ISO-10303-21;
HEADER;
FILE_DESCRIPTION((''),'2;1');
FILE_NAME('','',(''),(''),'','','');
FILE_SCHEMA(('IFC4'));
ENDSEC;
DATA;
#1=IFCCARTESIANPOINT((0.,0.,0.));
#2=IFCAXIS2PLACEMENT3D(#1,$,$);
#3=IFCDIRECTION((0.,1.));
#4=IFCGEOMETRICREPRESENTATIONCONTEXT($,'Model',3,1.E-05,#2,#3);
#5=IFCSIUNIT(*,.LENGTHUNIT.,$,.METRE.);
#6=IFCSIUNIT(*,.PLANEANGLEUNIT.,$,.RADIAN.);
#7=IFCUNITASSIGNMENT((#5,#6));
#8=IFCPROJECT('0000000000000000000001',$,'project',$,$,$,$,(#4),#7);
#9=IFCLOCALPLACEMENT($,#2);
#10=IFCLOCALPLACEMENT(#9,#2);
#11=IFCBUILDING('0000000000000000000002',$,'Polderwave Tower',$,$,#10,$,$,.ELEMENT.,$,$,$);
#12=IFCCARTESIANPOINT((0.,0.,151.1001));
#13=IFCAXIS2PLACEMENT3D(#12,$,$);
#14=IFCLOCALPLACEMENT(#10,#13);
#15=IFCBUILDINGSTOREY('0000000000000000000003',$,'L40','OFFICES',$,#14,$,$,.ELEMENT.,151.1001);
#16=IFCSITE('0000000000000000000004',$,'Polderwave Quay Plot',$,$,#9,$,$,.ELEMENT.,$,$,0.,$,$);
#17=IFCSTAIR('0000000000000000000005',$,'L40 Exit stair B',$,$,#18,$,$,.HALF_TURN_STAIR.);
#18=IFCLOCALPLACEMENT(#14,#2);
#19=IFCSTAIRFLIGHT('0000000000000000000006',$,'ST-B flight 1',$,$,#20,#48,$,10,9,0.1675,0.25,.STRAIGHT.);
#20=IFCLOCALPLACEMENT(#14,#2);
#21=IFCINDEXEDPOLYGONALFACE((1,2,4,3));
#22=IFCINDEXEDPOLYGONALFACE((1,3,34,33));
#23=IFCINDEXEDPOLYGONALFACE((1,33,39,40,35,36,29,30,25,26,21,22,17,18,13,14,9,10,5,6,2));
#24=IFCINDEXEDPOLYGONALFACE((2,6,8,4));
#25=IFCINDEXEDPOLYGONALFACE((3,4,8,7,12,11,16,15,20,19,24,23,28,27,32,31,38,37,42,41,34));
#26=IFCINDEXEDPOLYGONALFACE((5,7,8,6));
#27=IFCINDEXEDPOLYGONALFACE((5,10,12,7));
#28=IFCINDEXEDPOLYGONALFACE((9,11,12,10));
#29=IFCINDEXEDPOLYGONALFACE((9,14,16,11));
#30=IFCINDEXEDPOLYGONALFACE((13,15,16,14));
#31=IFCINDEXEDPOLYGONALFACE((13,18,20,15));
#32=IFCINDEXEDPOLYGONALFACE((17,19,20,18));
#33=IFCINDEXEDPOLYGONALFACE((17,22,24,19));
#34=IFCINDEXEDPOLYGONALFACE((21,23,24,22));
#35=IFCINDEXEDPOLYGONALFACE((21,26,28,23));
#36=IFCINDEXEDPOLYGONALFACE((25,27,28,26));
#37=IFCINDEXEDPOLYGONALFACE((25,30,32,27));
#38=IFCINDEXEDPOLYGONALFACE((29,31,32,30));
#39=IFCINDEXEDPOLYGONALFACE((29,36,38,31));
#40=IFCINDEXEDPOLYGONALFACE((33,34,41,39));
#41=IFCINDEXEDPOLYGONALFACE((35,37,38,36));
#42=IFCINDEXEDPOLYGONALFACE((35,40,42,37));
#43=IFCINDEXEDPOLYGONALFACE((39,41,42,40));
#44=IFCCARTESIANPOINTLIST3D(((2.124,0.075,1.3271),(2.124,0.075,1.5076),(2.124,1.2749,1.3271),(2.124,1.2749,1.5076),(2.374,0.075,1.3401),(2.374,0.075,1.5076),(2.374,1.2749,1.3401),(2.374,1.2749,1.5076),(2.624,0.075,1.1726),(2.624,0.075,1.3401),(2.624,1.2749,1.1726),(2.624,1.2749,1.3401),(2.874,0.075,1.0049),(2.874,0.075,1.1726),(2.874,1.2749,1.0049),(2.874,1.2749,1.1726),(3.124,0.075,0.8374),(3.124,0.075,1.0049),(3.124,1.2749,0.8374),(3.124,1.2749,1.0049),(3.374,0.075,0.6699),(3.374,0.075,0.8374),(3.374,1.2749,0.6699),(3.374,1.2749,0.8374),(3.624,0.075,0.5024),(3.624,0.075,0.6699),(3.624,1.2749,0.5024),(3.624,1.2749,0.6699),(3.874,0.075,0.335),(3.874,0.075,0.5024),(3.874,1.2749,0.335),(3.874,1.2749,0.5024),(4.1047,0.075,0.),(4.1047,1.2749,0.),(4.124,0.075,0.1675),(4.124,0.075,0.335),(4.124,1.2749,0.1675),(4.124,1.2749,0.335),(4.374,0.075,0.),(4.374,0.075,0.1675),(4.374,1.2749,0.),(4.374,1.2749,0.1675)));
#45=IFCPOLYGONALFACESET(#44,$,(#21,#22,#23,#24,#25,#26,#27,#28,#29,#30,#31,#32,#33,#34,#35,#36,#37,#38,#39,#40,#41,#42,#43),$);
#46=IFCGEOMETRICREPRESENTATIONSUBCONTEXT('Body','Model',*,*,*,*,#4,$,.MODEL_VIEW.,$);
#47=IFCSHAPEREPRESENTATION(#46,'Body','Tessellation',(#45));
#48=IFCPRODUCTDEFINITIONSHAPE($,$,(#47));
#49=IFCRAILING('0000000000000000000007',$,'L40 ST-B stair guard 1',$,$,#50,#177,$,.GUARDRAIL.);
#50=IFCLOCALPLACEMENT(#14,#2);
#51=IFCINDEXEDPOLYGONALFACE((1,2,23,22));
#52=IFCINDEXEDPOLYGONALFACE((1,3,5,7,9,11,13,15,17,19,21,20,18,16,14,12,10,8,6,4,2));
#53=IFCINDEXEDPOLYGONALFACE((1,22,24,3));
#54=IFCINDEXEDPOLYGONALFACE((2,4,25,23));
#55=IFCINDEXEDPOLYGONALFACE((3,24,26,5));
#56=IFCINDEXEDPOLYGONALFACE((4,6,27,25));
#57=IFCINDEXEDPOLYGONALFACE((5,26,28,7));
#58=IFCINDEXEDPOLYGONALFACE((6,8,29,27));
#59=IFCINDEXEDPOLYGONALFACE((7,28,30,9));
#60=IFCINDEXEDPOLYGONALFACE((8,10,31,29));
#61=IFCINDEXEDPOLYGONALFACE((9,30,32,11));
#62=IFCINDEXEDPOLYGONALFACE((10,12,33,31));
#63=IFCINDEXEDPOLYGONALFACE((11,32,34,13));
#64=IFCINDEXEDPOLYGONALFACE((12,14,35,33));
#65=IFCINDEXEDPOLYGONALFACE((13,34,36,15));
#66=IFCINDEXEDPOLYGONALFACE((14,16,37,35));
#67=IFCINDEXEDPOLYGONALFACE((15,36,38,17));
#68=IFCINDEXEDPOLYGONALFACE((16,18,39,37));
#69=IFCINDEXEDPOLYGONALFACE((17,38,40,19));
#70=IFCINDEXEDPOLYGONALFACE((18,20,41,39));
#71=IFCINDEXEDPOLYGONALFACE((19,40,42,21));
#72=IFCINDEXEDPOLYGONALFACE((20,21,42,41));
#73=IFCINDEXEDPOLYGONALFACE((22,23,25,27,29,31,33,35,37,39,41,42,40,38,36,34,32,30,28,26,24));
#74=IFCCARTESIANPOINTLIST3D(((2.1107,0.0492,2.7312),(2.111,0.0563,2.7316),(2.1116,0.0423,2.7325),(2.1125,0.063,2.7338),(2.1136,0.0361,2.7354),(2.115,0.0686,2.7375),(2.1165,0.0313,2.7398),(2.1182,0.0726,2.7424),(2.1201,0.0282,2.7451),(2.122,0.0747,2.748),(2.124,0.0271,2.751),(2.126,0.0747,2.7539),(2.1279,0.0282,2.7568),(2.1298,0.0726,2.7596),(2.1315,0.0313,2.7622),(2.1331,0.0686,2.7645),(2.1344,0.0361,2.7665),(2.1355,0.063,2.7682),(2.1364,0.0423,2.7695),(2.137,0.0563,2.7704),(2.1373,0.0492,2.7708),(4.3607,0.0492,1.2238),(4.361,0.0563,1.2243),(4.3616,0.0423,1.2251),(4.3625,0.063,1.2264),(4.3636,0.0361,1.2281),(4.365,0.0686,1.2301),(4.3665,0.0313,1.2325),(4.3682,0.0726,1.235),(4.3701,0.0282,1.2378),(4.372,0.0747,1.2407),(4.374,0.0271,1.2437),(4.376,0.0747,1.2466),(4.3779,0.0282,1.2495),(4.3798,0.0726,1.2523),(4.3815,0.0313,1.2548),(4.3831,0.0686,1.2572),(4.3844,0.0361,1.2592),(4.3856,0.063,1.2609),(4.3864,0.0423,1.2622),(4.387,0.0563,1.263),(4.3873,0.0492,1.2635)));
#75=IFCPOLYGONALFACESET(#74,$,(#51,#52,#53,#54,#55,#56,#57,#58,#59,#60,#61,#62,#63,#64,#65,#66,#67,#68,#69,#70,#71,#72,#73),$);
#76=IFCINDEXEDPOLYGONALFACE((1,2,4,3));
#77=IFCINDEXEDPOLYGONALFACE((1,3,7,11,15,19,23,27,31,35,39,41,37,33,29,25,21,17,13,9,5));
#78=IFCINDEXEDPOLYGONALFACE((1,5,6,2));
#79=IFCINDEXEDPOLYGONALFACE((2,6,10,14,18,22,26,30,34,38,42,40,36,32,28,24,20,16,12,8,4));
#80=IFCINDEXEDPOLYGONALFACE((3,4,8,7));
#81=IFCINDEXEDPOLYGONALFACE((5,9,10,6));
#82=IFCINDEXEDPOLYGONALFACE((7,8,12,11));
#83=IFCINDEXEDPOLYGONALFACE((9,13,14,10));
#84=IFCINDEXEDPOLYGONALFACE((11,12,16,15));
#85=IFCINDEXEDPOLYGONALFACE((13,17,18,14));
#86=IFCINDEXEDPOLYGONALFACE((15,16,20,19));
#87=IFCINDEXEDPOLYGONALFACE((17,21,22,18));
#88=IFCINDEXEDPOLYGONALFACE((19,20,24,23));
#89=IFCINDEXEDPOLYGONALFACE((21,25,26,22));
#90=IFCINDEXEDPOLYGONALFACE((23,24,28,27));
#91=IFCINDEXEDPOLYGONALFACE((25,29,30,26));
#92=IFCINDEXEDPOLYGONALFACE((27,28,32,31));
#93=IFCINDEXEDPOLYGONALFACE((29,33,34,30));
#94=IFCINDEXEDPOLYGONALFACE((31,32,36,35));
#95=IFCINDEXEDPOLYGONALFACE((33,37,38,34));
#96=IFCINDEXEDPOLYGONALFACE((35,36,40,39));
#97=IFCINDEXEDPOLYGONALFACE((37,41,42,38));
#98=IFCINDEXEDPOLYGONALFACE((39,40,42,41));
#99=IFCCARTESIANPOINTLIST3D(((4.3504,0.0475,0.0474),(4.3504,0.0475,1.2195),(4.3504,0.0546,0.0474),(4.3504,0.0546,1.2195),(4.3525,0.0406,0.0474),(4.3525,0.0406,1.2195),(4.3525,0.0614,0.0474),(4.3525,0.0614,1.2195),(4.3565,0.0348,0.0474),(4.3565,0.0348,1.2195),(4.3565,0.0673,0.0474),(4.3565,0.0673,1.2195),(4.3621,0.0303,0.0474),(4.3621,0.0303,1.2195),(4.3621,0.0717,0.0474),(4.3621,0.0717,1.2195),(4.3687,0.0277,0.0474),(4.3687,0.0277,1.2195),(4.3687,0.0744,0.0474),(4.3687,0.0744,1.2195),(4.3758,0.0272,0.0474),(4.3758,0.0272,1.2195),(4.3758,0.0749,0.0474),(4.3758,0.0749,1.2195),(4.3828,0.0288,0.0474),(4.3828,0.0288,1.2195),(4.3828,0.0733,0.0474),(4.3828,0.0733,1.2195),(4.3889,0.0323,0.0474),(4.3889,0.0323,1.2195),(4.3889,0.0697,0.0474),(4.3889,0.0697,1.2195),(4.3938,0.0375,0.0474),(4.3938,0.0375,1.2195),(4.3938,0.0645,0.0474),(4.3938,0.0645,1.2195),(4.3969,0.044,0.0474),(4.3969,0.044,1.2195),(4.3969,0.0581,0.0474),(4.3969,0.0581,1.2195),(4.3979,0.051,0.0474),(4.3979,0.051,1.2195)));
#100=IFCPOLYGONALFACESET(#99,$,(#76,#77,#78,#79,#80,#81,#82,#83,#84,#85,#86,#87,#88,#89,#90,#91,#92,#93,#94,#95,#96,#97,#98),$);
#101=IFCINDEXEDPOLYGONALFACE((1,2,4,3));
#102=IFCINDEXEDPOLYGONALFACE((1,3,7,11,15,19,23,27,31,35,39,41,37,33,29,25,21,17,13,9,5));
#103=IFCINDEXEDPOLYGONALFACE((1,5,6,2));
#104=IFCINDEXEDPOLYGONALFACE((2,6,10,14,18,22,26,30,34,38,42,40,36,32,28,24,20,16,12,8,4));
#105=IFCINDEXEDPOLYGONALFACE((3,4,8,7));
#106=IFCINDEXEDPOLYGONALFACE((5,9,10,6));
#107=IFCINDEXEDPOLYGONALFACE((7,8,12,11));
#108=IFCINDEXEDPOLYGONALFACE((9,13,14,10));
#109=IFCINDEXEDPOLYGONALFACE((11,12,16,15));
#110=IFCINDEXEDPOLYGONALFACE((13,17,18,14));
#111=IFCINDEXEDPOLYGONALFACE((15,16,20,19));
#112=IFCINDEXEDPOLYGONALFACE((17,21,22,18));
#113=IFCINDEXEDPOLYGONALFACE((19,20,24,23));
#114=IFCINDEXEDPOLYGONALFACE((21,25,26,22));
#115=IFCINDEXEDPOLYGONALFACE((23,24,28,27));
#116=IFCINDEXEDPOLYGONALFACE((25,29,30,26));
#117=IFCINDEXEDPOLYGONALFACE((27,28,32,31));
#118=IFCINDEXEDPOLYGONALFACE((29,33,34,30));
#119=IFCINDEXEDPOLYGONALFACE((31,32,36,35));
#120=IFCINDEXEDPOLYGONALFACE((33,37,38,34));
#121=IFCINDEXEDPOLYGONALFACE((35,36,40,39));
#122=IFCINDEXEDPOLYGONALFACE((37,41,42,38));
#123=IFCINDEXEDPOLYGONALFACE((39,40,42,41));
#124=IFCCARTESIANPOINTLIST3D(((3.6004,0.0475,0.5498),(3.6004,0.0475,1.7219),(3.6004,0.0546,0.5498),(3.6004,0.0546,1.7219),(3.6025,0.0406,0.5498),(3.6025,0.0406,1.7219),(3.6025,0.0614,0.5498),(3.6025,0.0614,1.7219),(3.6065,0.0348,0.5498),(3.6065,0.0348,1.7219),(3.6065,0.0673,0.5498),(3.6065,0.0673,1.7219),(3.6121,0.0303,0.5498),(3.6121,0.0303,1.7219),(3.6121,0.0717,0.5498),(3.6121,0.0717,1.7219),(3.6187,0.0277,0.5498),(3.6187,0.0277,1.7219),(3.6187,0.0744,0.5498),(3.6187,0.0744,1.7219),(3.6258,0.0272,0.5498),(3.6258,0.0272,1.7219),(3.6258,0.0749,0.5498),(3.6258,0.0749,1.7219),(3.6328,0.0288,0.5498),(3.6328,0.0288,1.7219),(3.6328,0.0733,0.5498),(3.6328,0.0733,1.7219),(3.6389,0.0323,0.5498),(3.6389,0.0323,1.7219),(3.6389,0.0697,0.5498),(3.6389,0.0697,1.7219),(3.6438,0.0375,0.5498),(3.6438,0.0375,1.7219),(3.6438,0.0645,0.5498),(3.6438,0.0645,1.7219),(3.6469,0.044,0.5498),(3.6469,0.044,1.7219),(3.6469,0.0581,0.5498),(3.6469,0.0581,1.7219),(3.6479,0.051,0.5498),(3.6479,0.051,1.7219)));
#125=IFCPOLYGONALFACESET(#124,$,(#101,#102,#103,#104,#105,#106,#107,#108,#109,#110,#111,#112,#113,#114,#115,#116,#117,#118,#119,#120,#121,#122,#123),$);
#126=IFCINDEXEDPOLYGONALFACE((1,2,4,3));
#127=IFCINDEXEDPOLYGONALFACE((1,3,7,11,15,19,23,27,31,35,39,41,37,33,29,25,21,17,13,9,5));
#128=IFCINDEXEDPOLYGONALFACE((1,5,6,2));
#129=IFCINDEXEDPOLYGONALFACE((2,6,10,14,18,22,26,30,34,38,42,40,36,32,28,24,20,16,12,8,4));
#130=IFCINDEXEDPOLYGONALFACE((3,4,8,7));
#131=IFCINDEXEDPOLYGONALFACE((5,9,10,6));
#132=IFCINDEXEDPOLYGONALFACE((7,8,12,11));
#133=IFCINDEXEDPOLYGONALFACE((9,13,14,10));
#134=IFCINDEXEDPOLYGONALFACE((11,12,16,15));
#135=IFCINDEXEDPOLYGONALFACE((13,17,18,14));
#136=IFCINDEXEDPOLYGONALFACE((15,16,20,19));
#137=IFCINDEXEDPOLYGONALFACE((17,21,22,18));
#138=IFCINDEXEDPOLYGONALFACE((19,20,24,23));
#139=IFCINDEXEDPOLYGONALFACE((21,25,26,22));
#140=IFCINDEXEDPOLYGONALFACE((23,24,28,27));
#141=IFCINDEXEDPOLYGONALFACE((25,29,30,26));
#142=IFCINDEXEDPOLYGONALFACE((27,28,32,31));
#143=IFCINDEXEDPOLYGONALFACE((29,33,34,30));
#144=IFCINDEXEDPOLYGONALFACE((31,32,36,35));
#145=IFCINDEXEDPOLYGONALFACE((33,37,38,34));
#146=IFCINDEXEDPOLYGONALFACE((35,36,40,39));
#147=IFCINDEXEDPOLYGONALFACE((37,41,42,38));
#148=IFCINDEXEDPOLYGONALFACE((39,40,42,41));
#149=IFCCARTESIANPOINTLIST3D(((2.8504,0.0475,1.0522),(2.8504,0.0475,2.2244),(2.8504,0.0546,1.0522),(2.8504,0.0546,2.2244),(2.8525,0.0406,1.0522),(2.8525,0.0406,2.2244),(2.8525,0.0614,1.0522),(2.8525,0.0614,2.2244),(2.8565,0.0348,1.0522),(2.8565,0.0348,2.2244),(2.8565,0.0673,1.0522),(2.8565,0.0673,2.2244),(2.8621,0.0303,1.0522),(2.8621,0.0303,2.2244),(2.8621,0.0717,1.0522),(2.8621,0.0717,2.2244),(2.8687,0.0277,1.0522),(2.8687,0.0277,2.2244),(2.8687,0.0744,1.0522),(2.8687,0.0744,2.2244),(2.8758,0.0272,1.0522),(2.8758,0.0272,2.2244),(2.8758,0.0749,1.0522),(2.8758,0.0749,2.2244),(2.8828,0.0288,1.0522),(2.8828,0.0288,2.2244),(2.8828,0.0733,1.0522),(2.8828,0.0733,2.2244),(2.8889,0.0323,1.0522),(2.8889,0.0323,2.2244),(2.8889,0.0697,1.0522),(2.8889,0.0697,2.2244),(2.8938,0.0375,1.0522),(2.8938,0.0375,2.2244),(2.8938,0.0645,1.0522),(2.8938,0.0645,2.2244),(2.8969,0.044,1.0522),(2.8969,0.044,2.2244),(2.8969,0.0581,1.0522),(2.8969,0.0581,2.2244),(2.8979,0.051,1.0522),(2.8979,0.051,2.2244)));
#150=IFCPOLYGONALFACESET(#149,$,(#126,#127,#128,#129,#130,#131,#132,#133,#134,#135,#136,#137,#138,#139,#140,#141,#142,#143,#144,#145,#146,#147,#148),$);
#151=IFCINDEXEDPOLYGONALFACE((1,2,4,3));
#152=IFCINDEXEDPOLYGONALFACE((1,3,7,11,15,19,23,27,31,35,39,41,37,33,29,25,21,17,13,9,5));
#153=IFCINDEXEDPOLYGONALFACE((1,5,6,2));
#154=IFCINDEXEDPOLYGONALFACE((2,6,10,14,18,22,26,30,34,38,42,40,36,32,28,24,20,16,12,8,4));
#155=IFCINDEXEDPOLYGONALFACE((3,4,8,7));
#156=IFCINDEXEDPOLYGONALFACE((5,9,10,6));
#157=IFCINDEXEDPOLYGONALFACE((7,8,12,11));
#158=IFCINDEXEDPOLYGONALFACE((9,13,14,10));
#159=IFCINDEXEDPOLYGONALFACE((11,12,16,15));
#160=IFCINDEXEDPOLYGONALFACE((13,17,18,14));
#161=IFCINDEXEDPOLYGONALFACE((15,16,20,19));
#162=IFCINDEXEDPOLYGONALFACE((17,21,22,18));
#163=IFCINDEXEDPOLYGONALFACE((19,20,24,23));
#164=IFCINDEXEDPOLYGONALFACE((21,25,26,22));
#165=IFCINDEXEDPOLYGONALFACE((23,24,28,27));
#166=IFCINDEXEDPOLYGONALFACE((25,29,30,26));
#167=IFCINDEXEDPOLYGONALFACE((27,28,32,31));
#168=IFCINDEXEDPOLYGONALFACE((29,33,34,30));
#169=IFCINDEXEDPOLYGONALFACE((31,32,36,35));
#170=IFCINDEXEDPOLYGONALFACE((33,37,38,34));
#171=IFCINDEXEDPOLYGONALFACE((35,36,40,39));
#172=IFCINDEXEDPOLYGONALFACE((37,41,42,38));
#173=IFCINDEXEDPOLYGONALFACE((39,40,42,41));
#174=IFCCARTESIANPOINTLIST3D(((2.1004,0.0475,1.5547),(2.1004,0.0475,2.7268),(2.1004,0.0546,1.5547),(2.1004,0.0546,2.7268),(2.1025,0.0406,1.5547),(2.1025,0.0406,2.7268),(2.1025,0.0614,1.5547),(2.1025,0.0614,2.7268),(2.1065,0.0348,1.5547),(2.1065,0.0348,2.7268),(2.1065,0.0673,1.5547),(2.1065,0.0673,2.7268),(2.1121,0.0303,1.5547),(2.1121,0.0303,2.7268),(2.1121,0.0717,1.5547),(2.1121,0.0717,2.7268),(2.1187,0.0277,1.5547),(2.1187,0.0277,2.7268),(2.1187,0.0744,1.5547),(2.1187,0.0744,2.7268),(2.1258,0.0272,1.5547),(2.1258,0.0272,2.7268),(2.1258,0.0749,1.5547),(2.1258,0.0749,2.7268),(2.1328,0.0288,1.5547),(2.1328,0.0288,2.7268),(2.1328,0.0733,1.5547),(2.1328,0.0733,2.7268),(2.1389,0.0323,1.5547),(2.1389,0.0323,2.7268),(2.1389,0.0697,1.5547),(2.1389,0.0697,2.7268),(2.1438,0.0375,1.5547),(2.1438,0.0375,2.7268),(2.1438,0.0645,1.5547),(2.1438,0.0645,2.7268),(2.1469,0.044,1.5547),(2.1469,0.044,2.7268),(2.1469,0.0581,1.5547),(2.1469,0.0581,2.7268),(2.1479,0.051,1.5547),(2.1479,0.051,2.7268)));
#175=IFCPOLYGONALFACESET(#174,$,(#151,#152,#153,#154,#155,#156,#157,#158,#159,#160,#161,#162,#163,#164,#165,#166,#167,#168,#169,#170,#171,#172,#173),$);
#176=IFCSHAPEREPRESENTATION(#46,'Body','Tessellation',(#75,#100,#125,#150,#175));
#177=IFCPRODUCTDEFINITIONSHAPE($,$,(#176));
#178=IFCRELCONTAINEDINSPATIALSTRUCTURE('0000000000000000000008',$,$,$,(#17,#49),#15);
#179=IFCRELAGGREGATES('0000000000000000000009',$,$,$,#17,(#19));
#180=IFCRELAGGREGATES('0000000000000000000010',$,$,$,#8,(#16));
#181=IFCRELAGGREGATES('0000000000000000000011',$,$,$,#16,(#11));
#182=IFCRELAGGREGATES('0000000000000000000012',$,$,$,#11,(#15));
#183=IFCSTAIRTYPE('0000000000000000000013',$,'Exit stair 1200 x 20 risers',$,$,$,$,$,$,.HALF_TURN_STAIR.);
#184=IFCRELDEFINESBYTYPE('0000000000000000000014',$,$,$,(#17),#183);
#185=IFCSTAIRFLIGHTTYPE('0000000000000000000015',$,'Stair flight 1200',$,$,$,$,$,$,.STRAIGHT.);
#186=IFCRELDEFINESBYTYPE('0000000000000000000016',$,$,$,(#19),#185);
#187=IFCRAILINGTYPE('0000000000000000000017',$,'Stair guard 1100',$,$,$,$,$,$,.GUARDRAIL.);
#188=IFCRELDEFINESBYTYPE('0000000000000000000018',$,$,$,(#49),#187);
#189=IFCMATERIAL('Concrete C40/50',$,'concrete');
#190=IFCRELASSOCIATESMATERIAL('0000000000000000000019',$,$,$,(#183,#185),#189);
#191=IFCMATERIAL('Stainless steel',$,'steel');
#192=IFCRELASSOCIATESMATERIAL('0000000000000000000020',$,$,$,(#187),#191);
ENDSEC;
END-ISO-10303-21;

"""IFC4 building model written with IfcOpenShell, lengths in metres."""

from ifc_helpers import new_model, si_unit, direction, frame, origin, origin_2d, place, context, subcontext, project, spatial, polyline, circle, outline, extrude, material, type_object, element, aggregate, save


model = new_model("IFC4")

# Units and contexts
model_context = context("Model", 3, precision=1e-05, world=origin(), true_north=direction((0.0, 1.0)))
body_context = subcontext(model_context, "Body", "Model", "MODEL_VIEW")
ifc_project = project(units=[si_unit("LENGTHUNIT", "METRE"), si_unit("PLANEANGLEUNIT", "RADIAN")], contexts=[model_context])

# Site, building, storey
site_placement = place(None, origin())
site = spatial("IfcSite", under=ifc_project, at=site_placement, Name="Polderwave Quay Plot", CompositionType="ELEMENT", RefElevation=0.0)
building_placement = place(site_placement, origin())
building = spatial("IfcBuilding", under=site, at=building_placement, Name="Polderwave Tower", CompositionType="ELEMENT")
storey_placement = place(building_placement, frame((0.0, 0.0, 151.1001)))
storey = spatial("IfcBuildingStorey", under=building, at=storey_placement, Name="L40", Description="OFFICES", CompositionType="ELEMENT", Elevation=151.1001)

# Shared definitions
ifc_material_1 = material(Name="Stainless steel", Category="steel")

# Stair, stair flight
ifc_material_2 = material(Name="Concrete C40/50", Category="concrete")
stair_type = type_object("IfcStairType", Name="Exit stair 1200 x 20 risers", PredefinedType="HALF_TURN_STAIR", material=ifc_material_2)
stair_placement = place(storey_placement, origin())
stair = element("IfcStair", 1, at=stair_placement, inside=storey, type_object=stair_type, Name="L40 Exit stair B", PredefinedType="HALF_TURN_STAIR")
stair_flight_type = type_object("IfcStairFlightType", Name="Stair flight 1200", PredefinedType="STRAIGHT", material=ifc_material_2)
stair_flight_placement = place(storey_placement, frame((4.374, 0.675, 0.0), z_axis=(0.0, 0.0, 1.0), x_axis=(-1.0, 0.0, 0.0)))
stair_flight = element("IfcStairFlight", 2, at=stair_flight_placement, type_object=stair_flight_type, Name="ST-B flight 1", NumberOfRisers=10, NumberOfTreads=9, PredefinedType="STRAIGHT", RiserHeight=0.1675, TreadLength=0.25, context=body_context, shape_type="SweptSolid", body=[
    extrude(outline(polyline([(0.0, 0.0), (0.0, 0.1675), (0.25, 0.1675), (0.25, 0.335), (0.5, 0.335), (0.5, 0.5024), (0.75, 0.5024), (0.75, 0.6699), (1.0, 0.6699), (1.0, 0.8374), (1.25, 0.8374), (1.25, 1.0049), (1.5, 1.0049), (1.5, 1.1726), (1.75, 1.1726), (1.75, 1.3401), (2.0, 1.3401), (2.0, 1.5076), (2.25, 1.5076), (2.25, 1.675), (2.25, 1.3271), (0.2693, 0.0), (0.0, 0.0)])), frame((0.0, 0.6001, 0.0), z_axis=(0.0, -1.0, 0.0), x_axis=(1.0, 0.0, 0.0)), (0.0, 0.0, 1.0), 1.2),
])
aggregate(stair, [stair_flight])

# Railing
railing_type_1 = type_object("IfcRailingType", Name="Stair guard 1100", PredefinedType="GUARDRAIL", material=ifc_material_1)
railing_1_placement = place(storey_placement, frame((4.374, 0.051, 0.0474)))
element("IfcRailing", 3, at=railing_1_placement, inside=storey, type_object=railing_type_1, Name="L40 ST-B stair guard 1", PredefinedType="GUARDRAIL", context=body_context, shape_type="SweptSolid", body=[
    extrude(circle(Radius=0.0239, at=origin_2d()), frame((0.0, 0.0, 1.1963), z_axis=(-0.8308, 0.0, 0.556571), x_axis=(0.0, -1.0, 0.0)), (0.0, 0.0, 1.0), 2.7083),
    extrude(circle(Radius=0.0239, at=origin_2d()), origin(), (0.0, 0.0, 1.0), 1.1721),
    extrude(circle(Radius=0.0239, at=origin_2d()), frame((-0.75, 0.0, 0.5024)), (0.0, 0.0, 1.0), 1.1721),
    extrude(circle(Radius=0.0239, at=origin_2d()), frame((-1.5, 0.0, 1.0049)), (0.0, 0.0, 1.0), 1.1721),
    extrude(circle(Radius=0.0239, at=origin_2d()), frame((-2.25, 0.0, 1.5073)), (0.0, 0.0, 1.0), 1.1721),
])

save(model, "model.ifc")
